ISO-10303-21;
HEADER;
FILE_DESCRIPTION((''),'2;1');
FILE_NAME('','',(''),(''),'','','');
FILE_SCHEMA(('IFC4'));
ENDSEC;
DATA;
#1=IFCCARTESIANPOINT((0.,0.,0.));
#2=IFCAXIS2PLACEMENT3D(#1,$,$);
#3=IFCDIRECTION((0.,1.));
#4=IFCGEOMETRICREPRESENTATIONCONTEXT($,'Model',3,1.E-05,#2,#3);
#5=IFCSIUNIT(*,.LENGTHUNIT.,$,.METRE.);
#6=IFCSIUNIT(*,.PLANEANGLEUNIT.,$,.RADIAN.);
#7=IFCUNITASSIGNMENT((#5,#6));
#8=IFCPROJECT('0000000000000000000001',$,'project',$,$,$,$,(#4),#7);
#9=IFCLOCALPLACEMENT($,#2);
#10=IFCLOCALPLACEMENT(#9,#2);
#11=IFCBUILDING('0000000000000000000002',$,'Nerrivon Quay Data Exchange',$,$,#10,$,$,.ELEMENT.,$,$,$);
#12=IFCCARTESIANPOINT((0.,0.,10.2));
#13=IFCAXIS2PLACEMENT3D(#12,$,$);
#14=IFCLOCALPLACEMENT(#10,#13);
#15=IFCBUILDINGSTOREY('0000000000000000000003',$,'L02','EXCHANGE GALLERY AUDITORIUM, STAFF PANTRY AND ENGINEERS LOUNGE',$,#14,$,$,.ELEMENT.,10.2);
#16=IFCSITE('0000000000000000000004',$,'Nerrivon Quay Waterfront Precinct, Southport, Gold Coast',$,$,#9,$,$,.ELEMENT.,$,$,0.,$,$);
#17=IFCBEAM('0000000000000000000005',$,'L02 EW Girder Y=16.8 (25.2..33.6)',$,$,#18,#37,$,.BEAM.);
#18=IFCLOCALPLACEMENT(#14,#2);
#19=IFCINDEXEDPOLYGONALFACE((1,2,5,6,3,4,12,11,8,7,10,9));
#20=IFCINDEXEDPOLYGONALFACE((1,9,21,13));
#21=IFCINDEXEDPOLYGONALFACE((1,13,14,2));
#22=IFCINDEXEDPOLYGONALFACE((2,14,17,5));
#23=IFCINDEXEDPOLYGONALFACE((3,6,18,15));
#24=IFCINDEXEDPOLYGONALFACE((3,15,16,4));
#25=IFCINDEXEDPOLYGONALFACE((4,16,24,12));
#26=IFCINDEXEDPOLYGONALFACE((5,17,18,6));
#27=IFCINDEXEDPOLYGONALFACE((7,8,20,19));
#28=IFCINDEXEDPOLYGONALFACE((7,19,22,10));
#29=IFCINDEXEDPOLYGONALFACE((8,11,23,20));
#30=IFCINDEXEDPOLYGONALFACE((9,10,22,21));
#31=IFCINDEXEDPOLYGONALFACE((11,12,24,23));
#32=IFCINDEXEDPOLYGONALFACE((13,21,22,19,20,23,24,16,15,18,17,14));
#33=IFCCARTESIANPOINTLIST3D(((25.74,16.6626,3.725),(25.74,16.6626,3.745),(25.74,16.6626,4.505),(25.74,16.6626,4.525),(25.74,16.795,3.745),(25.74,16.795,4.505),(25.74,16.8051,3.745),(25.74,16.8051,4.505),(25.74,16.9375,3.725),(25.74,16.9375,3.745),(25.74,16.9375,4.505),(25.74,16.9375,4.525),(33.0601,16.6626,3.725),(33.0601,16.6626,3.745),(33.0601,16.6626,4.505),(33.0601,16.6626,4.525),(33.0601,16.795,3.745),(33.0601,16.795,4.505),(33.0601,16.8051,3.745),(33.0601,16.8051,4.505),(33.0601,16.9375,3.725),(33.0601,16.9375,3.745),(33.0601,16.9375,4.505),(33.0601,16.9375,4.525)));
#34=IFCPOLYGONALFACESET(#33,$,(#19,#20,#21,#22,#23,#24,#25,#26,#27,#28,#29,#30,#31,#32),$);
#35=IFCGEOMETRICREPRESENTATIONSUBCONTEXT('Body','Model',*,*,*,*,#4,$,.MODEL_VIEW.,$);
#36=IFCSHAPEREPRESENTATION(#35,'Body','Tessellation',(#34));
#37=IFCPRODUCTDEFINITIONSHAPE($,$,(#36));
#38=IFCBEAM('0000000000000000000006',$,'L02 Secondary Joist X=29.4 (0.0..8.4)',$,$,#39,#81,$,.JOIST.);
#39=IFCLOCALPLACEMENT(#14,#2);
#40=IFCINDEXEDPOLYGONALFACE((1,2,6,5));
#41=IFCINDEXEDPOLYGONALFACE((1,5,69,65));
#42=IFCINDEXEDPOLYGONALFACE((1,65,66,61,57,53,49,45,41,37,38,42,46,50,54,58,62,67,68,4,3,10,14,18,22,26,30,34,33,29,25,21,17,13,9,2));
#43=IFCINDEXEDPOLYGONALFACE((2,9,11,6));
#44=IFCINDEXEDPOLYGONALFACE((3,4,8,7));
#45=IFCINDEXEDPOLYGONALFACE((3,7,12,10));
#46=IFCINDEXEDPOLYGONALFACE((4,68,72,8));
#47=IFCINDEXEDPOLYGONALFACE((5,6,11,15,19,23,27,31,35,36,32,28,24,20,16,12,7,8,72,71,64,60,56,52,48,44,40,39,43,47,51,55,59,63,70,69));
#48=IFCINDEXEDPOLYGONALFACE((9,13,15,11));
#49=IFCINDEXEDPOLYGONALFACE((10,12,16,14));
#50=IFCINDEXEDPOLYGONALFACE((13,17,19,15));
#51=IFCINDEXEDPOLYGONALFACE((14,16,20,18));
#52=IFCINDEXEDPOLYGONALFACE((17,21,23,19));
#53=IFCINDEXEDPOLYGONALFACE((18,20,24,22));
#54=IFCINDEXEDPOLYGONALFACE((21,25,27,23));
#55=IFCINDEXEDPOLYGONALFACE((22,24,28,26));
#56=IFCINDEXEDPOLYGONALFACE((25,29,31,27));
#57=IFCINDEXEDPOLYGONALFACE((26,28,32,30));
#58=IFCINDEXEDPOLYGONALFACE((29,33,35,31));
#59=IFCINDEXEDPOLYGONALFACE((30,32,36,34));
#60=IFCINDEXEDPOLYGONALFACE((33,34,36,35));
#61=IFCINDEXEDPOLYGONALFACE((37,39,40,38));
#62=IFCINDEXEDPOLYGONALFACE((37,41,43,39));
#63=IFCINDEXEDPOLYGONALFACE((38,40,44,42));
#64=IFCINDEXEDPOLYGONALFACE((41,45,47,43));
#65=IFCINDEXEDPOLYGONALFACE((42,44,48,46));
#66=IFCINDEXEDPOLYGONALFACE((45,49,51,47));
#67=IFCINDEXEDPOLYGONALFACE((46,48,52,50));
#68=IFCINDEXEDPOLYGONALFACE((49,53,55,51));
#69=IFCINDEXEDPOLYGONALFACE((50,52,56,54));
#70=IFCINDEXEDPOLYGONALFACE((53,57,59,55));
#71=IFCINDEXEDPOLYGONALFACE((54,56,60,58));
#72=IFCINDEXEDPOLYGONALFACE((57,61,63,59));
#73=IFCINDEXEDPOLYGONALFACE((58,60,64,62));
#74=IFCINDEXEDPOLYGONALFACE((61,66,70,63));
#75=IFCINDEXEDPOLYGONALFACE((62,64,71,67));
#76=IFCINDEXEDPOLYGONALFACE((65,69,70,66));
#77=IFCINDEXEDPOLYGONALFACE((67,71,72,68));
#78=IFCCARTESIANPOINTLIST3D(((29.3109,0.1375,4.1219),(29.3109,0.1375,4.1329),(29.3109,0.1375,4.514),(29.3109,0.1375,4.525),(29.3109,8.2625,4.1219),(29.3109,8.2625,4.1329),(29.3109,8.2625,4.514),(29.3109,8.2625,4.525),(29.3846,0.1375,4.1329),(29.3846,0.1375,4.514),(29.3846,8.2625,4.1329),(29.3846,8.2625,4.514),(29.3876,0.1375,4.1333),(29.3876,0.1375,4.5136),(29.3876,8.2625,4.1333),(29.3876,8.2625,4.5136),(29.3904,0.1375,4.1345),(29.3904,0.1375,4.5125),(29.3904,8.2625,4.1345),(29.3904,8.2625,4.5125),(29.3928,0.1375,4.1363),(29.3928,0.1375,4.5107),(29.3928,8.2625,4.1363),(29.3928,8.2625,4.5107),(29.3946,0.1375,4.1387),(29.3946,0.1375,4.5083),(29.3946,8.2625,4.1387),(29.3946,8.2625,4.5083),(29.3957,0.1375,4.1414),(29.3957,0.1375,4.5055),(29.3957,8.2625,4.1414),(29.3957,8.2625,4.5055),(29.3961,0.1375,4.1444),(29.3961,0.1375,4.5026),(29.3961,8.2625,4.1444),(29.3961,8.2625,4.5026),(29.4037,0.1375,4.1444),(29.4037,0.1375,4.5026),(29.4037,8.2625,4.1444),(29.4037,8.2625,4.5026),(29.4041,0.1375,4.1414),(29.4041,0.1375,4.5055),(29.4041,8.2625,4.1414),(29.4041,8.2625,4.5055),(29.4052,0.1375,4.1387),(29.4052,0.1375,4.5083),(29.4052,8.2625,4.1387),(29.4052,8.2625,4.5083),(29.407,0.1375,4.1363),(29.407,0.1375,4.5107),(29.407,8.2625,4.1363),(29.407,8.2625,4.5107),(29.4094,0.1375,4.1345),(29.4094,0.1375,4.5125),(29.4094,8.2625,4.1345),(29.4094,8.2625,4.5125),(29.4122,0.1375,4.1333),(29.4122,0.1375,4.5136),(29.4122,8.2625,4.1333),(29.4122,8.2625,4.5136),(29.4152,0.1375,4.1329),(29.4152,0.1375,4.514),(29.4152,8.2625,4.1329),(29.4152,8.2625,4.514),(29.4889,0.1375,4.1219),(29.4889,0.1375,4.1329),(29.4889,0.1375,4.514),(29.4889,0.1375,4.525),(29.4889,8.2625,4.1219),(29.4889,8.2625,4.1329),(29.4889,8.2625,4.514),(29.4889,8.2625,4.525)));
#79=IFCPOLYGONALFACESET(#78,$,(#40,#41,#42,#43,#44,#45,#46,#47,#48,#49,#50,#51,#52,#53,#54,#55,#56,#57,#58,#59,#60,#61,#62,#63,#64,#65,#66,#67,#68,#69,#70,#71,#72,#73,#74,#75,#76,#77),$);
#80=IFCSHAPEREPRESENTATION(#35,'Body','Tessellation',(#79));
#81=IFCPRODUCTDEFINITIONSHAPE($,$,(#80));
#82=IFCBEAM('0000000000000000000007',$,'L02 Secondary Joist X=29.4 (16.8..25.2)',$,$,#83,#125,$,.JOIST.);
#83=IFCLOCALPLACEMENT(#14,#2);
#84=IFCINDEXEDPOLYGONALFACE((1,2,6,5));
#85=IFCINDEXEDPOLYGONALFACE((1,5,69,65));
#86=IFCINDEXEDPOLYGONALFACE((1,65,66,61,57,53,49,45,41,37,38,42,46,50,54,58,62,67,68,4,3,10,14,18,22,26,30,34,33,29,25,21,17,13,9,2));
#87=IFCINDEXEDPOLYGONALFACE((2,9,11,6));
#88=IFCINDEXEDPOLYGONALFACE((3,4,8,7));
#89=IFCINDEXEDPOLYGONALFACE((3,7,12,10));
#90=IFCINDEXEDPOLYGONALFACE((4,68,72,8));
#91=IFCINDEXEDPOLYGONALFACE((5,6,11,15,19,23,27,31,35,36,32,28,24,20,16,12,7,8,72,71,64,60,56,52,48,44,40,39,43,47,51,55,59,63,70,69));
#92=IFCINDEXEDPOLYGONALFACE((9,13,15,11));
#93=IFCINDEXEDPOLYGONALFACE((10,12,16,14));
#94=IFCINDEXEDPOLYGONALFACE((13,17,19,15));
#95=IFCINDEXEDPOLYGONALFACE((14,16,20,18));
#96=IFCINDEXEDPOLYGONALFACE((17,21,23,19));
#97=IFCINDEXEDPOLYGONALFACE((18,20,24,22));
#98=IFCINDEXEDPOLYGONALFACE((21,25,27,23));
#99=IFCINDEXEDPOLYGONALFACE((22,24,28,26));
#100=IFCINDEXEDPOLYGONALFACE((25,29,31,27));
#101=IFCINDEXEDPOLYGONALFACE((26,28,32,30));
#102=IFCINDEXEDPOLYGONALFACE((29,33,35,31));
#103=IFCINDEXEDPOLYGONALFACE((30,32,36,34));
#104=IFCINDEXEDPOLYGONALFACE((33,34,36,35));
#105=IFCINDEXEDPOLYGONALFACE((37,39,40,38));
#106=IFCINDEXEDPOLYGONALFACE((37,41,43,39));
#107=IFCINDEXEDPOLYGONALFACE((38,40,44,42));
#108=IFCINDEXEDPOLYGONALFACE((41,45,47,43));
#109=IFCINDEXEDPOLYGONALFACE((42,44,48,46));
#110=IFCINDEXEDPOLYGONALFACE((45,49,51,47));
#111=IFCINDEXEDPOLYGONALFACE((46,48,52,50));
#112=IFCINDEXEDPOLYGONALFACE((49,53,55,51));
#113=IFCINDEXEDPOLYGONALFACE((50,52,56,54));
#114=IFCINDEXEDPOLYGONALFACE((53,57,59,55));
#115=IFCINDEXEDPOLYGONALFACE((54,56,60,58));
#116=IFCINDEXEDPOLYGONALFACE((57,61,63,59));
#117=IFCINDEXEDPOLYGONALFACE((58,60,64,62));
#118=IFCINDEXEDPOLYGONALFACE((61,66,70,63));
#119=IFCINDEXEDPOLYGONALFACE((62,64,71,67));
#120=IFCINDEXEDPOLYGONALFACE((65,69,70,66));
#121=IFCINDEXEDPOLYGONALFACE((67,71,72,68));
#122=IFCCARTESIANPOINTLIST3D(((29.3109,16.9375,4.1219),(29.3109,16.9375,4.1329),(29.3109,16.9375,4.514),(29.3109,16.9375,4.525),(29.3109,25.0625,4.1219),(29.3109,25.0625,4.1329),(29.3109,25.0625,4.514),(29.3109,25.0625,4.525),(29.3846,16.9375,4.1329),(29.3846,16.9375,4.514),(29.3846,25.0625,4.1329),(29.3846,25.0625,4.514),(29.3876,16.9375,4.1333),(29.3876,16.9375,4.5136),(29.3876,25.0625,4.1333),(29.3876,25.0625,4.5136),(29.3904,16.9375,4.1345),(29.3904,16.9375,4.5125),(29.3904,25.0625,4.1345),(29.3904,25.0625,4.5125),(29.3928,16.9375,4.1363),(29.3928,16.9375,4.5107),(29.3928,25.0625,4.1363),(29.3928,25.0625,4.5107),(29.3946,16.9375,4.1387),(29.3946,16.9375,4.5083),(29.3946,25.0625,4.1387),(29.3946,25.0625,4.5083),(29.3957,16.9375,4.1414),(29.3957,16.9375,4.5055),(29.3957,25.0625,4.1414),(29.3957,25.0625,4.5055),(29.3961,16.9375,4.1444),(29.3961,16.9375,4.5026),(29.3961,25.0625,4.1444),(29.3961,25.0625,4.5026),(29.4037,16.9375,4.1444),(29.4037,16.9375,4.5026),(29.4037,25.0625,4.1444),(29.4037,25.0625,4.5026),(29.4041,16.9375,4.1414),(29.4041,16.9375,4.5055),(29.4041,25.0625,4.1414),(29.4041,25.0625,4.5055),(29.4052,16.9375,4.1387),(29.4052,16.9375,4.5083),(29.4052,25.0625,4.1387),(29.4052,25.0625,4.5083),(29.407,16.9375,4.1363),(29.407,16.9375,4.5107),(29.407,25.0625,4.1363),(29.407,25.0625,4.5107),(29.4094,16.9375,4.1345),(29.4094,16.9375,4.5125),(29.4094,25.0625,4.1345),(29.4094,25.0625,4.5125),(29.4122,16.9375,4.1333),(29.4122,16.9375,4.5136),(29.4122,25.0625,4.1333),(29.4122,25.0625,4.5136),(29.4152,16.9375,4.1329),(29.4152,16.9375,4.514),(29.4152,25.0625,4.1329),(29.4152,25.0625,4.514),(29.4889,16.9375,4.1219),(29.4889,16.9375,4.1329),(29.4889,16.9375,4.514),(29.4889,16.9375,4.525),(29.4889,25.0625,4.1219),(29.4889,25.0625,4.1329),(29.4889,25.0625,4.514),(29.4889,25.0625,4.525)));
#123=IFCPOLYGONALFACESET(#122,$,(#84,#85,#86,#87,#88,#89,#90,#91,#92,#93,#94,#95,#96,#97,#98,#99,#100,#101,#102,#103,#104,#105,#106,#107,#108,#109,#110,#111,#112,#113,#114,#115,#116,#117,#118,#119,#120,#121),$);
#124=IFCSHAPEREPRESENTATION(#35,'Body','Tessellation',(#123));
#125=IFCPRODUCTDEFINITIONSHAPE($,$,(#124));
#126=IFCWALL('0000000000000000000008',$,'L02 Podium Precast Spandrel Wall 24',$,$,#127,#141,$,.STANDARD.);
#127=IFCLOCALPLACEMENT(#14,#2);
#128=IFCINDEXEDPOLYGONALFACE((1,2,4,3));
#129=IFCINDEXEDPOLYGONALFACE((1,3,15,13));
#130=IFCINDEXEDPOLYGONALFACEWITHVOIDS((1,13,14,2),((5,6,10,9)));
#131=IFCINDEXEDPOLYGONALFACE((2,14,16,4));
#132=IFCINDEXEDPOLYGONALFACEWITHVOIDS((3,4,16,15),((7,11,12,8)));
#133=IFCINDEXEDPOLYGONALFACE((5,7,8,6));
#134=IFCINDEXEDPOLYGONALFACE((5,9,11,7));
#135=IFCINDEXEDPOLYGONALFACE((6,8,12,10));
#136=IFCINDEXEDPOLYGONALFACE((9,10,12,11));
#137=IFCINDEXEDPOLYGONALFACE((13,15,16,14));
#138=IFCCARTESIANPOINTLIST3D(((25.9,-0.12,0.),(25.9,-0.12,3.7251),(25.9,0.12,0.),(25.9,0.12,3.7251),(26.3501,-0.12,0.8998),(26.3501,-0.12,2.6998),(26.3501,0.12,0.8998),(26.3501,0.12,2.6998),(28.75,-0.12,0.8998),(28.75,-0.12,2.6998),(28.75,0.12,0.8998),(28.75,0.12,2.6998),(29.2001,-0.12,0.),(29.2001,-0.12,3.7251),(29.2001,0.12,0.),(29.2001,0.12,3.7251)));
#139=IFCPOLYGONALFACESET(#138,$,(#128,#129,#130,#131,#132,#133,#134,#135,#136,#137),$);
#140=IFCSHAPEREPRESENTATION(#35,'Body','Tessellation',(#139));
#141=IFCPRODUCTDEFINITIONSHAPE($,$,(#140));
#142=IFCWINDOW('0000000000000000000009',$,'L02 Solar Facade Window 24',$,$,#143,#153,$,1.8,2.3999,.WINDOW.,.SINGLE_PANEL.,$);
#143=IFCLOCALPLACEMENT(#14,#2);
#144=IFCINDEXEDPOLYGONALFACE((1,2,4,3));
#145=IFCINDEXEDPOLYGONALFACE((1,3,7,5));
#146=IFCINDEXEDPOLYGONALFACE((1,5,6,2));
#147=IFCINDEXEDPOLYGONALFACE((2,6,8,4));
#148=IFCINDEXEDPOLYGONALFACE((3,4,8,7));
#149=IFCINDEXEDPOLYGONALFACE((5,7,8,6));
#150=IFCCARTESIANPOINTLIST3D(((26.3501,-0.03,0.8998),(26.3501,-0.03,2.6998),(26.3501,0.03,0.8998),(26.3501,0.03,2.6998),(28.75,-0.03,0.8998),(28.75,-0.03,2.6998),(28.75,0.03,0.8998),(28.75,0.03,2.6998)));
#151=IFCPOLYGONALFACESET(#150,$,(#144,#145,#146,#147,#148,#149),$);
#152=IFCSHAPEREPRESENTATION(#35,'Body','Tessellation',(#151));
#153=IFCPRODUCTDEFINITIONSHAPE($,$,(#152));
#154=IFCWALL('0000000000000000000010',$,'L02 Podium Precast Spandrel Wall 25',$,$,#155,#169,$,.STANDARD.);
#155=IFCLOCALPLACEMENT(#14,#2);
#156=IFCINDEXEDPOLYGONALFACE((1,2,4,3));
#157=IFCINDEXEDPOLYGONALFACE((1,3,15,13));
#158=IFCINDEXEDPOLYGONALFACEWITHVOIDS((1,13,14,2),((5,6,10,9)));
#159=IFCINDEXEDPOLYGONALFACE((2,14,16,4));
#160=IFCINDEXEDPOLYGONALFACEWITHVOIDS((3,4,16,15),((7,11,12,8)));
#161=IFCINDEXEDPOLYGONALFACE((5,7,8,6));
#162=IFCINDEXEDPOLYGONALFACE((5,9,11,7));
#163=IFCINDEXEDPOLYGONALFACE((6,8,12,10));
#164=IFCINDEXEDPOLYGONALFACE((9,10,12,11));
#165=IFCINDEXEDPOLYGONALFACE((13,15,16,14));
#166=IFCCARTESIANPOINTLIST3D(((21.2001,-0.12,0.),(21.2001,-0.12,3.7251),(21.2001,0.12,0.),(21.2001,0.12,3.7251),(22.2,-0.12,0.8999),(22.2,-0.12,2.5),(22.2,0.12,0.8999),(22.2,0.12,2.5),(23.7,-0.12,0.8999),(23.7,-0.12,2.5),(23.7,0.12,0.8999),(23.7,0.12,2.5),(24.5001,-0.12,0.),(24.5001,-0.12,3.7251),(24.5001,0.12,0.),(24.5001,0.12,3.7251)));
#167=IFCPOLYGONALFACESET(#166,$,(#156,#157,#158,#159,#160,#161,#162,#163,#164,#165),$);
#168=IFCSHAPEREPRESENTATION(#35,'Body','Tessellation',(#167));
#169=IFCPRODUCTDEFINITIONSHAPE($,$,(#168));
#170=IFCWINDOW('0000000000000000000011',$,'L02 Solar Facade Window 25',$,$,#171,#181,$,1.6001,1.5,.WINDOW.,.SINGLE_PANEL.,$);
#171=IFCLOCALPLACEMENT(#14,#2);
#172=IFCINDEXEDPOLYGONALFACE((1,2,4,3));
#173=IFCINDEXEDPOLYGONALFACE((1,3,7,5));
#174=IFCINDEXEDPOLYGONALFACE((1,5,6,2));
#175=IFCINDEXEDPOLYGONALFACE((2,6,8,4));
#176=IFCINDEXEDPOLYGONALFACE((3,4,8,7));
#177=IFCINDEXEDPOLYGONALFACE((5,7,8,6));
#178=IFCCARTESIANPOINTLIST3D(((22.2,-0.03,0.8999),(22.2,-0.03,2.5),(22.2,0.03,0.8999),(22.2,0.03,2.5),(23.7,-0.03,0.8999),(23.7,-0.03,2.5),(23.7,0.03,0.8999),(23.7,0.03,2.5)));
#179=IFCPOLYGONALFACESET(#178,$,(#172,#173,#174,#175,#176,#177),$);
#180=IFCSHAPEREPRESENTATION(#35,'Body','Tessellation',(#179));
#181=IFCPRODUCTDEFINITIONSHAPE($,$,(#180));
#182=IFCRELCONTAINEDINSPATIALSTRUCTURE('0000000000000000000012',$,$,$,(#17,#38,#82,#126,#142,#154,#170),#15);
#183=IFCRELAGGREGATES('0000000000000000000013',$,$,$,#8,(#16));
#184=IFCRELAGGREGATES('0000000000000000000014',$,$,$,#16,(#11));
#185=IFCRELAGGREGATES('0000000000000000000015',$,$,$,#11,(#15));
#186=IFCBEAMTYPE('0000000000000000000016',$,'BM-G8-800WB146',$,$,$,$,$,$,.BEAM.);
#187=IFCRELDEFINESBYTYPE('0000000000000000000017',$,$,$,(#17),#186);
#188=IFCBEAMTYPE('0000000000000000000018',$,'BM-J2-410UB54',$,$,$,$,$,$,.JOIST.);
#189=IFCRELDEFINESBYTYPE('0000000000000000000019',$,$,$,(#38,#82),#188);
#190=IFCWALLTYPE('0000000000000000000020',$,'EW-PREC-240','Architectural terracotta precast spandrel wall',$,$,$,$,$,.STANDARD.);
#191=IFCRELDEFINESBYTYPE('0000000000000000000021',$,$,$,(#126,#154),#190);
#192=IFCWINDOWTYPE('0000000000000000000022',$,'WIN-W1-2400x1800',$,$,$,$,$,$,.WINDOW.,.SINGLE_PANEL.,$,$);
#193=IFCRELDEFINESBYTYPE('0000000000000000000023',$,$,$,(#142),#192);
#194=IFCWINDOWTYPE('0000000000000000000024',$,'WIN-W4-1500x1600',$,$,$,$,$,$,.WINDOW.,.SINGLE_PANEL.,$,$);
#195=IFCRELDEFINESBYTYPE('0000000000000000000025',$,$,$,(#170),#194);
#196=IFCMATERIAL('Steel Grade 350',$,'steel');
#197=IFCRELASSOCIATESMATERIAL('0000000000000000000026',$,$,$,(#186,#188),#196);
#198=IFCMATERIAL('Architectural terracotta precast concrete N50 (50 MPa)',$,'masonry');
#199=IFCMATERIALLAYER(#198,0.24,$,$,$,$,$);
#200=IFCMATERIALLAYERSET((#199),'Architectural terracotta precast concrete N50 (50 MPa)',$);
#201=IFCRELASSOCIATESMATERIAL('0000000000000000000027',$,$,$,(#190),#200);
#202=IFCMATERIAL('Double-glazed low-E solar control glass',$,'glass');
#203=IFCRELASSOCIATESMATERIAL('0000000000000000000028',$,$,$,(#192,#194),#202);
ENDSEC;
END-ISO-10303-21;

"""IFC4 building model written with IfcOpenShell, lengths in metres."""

from ifc_helpers import new_model, si_unit, direction, frame, frame_2d, origin, origin_2d, place, context, subcontext, project, spatial, rectangle, i_section, extrude, material, layer, layer_set, material_profile, profile_set, type_object, element, fill, save


model = new_model("IFC4")

# Units and contexts
model_context = context("Model", 3, precision=1e-05, world=origin(), true_north=direction((0.0, 1.0)))
body_context = subcontext(model_context, "Body", "Model", "MODEL_VIEW")
ifc_project = project(units=[si_unit("LENGTHUNIT", "METRE"), si_unit("PLANEANGLEUNIT", "RADIAN")], contexts=[model_context])

# Site, building, storey
site_placement = place(None, origin())
site = spatial("IfcSite", under=ifc_project, at=site_placement, Name="Nerrivon Quay Waterfront Precinct, Southport, Gold Coast", CompositionType="ELEMENT", RefElevation=0.0)
building_placement = place(site_placement, origin())
building = spatial("IfcBuilding", under=site, at=building_placement, Name="Nerrivon Quay Data Exchange", CompositionType="ELEMENT")
storey_placement = place(building_placement, frame((0.0, 0.0, 10.2)))
storey = spatial("IfcBuildingStorey", under=building, at=storey_placement, Name="L02", Description="EXCHANGE GALLERY AUDITORIUM, STAFF PANTRY AND ENGINEERS LOUNGE", CompositionType="ELEMENT", Elevation=10.2)

# Beams
ifc_material_1 = material(Name="Steel Grade 350", Category="steel")
ifc_material_profile_1 = material_profile(ifc_material_1, i_section(OverallWidth=0.2749, OverallDepth=0.8, WebThickness=0.01, FlangeThickness=0.02, at=origin_2d()), Name="800WB146")
ifc_profile_set_1 = profile_set([ifc_material_profile_1], Name="Steel Grade 350")
beam_type_1 = type_object("IfcBeamType", Name="BM-G8-800WB146", PredefinedType="BEAM", material=ifc_profile_set_1)
for number, where, z_axis, x_axis, name in (
    (1, (25.74, 16.8, 4.125), (1.0, 0.0, 0.0), (0.0, 1.0, 0.0), "L02 EW Girder Y=16.8 (25.2..33.6)"),
):
    element("IfcBeam", number, at=place(storey_placement, frame(where, z_axis=z_axis, x_axis=x_axis)), inside=storey, type_object=beam_type_1, Name=name, PredefinedType="BEAM", context=body_context, shape_type="SweptSolid", body=[
        extrude(i_section(OverallWidth=0.2749, OverallDepth=0.8, WebThickness=0.01, FlangeThickness=0.02, at=origin_2d()), origin(), (0.0, 0.0, 1.0), 7.3201),
    ])
ifc_material_profile_2 = material_profile(ifc_material_1, i_section(OverallWidth=0.178, OverallDepth=0.4031, WebThickness=0.0076, FlangeThickness=0.011, FilletRadius=0.0115, at=origin_2d()), Name="410UB53.7")
ifc_profile_set_2 = profile_set([ifc_material_profile_2], Name="Steel Grade 350")
beam_type_2 = type_object("IfcBeamType", Name="BM-J2-410UB54", PredefinedType="JOIST", material=ifc_profile_set_2)
for number, where, z_axis, x_axis, name in (
    (2, (29.3999, 0.1375, 4.3235), (0.0, 1.0, 0.0), (-1.0, 0.0, 0.0), "L02 Secondary Joist X=29.4 (0.0..8.4)"),
    (3, (29.3999, 16.9375, 4.3235), (0.0, 1.0, 0.0), (-1.0, 0.0, 0.0), "L02 Secondary Joist X=29.4 (16.8..25.2)"),
):
    element("IfcBeam", number, at=place(storey_placement, frame(where, z_axis=z_axis, x_axis=x_axis)), inside=storey, type_object=beam_type_2, Name=name, PredefinedType="JOIST", context=body_context, shape_type="SweptSolid", body=[
        extrude(i_section(OverallWidth=0.178, OverallDepth=0.4031, WebThickness=0.0076, FlangeThickness=0.011, FilletRadius=0.0115, at=origin_2d()), origin(), (0.0, 0.0, 1.0), 8.125),
    ])

# Walls, openings, windows
ifc_material_2 = material(Name="Architectural terracotta precast concrete N50 (50 MPa)", Category="masonry")
ifc_layer_1 = layer(ifc_material_2, 0.24)
ifc_layer_set_1 = layer_set([ifc_layer_1], Name="Architectural terracotta precast concrete N50 (50 MPa)")
wall_type_1 = type_object("IfcWallType", Name="EW-PREC-240", Description="Architectural terracotta precast spandrel wall", PredefinedType="STANDARD", material=ifc_layer_set_1)
wall_1_placement = place(storey_placement, frame((29.2, 0.0, 0.0), z_axis=(0.0, 0.0, 1.0), x_axis=(-1.0, 0.0, 0.0)))
wall_1 = element("IfcWall", 4, at=wall_1_placement, inside=storey, type_object=wall_type_1, Name="L02 Podium Precast Spandrel Wall 24", PredefinedType="STANDARD", context=body_context, shape_type="SweptSolid", body=[
    extrude(rectangle(XDim=3.3, YDim=0.24, at=frame_2d((1.6499, 0.0))), origin(), (0.0, 0.0, 1.0), 3.7251),
])
opening_1_placement = place(wall_1_placement, frame((0.45, 0.0, 0.8999)))
opening_1 = element("IfcOpeningElement", 5, at=opening_1_placement, cuts=wall_1, PredefinedType="OPENING", context=body_context, shape_type="SweptSolid", body=[
    extrude(rectangle(XDim=2.3999, YDim=1.8, at=frame_2d((1.2, 0.8999))), frame((0.0, 0.1299, 0.0), z_axis=(0.0, -1.0, 0.0), x_axis=(1.0, 0.0, 0.0)), (0.0, 0.0, 1.0), 0.26),
])
ifc_material_3 = material(Name="Double-glazed low-E solar control glass", Category="glass")
window_type_1 = type_object("IfcWindowType", Name="WIN-W1-2400x1800", PartitioningType="SINGLE_PANEL", PredefinedType="WINDOW", material=ifc_material_3)
window_1_placement = place(opening_1_placement, origin())
window_1 = element("IfcWindow", 6, at=window_1_placement, inside=storey, type_object=window_type_1, Name="L02 Solar Facade Window 24", OverallHeight=1.8, OverallWidth=2.3999, PartitioningType="SINGLE_PANEL", PredefinedType="WINDOW", context=body_context, shape_type="SweptSolid", body=[
    extrude(rectangle(XDim=2.3999, YDim=1.8, at=frame_2d((1.2, 0.8999))), frame((0.0, 0.03, 0.0), z_axis=(0.0, -1.0, 0.0), x_axis=(1.0, 0.0, 0.0)), (0.0, 0.0, 1.0), 0.0601),
])
fill(opening_1, window_1)
wall_2_placement = place(storey_placement, frame((24.5, 0.0, 0.0), z_axis=(0.0, 0.0, 1.0), x_axis=(-1.0, 0.0, 0.0)))
wall_2 = element("IfcWall", 7, at=wall_2_placement, inside=storey, type_object=wall_type_1, Name="L02 Podium Precast Spandrel Wall 25", PredefinedType="STANDARD", context=body_context, shape_type="SweptSolid", body=[
    extrude(rectangle(XDim=3.3, YDim=0.24, at=frame_2d((1.6499, 0.0))), origin(), (0.0, 0.0, 1.0), 3.7251),
])
opening_2_placement = place(wall_2_placement, frame((0.8, 0.0, 0.8999)))
opening_2 = element("IfcOpeningElement", 8, at=opening_2_placement, cuts=wall_2, PredefinedType="OPENING", context=body_context, shape_type="SweptSolid", body=[
    extrude(rectangle(XDim=1.5, YDim=1.6001, at=frame_2d((0.75, 0.8))), frame((0.0, 0.1299, 0.0), z_axis=(0.0, -1.0, 0.0), x_axis=(1.0, 0.0, 0.0)), (0.0, 0.0, 1.0), 0.26),
])
window_type_2 = type_object("IfcWindowType", Name="WIN-W4-1500x1600", PartitioningType="SINGLE_PANEL", PredefinedType="WINDOW", material=ifc_material_3)
window_2_placement = place(opening_2_placement, origin())
window_2 = element("IfcWindow", 9, at=window_2_placement, inside=storey, type_object=window_type_2, Name="L02 Solar Facade Window 25", OverallHeight=1.6001, OverallWidth=1.5, PartitioningType="SINGLE_PANEL", PredefinedType="WINDOW", context=body_context, shape_type="SweptSolid", body=[
    extrude(rectangle(XDim=1.5, YDim=1.6001, at=frame_2d((0.75, 0.8))), frame((0.0, 0.03, 0.0), z_axis=(0.0, -1.0, 0.0), x_axis=(1.0, 0.0, 0.0)), (0.0, 0.0, 1.0), 0.0601),
])
fill(opening_2, window_2)

save(model, "model.ifc")
